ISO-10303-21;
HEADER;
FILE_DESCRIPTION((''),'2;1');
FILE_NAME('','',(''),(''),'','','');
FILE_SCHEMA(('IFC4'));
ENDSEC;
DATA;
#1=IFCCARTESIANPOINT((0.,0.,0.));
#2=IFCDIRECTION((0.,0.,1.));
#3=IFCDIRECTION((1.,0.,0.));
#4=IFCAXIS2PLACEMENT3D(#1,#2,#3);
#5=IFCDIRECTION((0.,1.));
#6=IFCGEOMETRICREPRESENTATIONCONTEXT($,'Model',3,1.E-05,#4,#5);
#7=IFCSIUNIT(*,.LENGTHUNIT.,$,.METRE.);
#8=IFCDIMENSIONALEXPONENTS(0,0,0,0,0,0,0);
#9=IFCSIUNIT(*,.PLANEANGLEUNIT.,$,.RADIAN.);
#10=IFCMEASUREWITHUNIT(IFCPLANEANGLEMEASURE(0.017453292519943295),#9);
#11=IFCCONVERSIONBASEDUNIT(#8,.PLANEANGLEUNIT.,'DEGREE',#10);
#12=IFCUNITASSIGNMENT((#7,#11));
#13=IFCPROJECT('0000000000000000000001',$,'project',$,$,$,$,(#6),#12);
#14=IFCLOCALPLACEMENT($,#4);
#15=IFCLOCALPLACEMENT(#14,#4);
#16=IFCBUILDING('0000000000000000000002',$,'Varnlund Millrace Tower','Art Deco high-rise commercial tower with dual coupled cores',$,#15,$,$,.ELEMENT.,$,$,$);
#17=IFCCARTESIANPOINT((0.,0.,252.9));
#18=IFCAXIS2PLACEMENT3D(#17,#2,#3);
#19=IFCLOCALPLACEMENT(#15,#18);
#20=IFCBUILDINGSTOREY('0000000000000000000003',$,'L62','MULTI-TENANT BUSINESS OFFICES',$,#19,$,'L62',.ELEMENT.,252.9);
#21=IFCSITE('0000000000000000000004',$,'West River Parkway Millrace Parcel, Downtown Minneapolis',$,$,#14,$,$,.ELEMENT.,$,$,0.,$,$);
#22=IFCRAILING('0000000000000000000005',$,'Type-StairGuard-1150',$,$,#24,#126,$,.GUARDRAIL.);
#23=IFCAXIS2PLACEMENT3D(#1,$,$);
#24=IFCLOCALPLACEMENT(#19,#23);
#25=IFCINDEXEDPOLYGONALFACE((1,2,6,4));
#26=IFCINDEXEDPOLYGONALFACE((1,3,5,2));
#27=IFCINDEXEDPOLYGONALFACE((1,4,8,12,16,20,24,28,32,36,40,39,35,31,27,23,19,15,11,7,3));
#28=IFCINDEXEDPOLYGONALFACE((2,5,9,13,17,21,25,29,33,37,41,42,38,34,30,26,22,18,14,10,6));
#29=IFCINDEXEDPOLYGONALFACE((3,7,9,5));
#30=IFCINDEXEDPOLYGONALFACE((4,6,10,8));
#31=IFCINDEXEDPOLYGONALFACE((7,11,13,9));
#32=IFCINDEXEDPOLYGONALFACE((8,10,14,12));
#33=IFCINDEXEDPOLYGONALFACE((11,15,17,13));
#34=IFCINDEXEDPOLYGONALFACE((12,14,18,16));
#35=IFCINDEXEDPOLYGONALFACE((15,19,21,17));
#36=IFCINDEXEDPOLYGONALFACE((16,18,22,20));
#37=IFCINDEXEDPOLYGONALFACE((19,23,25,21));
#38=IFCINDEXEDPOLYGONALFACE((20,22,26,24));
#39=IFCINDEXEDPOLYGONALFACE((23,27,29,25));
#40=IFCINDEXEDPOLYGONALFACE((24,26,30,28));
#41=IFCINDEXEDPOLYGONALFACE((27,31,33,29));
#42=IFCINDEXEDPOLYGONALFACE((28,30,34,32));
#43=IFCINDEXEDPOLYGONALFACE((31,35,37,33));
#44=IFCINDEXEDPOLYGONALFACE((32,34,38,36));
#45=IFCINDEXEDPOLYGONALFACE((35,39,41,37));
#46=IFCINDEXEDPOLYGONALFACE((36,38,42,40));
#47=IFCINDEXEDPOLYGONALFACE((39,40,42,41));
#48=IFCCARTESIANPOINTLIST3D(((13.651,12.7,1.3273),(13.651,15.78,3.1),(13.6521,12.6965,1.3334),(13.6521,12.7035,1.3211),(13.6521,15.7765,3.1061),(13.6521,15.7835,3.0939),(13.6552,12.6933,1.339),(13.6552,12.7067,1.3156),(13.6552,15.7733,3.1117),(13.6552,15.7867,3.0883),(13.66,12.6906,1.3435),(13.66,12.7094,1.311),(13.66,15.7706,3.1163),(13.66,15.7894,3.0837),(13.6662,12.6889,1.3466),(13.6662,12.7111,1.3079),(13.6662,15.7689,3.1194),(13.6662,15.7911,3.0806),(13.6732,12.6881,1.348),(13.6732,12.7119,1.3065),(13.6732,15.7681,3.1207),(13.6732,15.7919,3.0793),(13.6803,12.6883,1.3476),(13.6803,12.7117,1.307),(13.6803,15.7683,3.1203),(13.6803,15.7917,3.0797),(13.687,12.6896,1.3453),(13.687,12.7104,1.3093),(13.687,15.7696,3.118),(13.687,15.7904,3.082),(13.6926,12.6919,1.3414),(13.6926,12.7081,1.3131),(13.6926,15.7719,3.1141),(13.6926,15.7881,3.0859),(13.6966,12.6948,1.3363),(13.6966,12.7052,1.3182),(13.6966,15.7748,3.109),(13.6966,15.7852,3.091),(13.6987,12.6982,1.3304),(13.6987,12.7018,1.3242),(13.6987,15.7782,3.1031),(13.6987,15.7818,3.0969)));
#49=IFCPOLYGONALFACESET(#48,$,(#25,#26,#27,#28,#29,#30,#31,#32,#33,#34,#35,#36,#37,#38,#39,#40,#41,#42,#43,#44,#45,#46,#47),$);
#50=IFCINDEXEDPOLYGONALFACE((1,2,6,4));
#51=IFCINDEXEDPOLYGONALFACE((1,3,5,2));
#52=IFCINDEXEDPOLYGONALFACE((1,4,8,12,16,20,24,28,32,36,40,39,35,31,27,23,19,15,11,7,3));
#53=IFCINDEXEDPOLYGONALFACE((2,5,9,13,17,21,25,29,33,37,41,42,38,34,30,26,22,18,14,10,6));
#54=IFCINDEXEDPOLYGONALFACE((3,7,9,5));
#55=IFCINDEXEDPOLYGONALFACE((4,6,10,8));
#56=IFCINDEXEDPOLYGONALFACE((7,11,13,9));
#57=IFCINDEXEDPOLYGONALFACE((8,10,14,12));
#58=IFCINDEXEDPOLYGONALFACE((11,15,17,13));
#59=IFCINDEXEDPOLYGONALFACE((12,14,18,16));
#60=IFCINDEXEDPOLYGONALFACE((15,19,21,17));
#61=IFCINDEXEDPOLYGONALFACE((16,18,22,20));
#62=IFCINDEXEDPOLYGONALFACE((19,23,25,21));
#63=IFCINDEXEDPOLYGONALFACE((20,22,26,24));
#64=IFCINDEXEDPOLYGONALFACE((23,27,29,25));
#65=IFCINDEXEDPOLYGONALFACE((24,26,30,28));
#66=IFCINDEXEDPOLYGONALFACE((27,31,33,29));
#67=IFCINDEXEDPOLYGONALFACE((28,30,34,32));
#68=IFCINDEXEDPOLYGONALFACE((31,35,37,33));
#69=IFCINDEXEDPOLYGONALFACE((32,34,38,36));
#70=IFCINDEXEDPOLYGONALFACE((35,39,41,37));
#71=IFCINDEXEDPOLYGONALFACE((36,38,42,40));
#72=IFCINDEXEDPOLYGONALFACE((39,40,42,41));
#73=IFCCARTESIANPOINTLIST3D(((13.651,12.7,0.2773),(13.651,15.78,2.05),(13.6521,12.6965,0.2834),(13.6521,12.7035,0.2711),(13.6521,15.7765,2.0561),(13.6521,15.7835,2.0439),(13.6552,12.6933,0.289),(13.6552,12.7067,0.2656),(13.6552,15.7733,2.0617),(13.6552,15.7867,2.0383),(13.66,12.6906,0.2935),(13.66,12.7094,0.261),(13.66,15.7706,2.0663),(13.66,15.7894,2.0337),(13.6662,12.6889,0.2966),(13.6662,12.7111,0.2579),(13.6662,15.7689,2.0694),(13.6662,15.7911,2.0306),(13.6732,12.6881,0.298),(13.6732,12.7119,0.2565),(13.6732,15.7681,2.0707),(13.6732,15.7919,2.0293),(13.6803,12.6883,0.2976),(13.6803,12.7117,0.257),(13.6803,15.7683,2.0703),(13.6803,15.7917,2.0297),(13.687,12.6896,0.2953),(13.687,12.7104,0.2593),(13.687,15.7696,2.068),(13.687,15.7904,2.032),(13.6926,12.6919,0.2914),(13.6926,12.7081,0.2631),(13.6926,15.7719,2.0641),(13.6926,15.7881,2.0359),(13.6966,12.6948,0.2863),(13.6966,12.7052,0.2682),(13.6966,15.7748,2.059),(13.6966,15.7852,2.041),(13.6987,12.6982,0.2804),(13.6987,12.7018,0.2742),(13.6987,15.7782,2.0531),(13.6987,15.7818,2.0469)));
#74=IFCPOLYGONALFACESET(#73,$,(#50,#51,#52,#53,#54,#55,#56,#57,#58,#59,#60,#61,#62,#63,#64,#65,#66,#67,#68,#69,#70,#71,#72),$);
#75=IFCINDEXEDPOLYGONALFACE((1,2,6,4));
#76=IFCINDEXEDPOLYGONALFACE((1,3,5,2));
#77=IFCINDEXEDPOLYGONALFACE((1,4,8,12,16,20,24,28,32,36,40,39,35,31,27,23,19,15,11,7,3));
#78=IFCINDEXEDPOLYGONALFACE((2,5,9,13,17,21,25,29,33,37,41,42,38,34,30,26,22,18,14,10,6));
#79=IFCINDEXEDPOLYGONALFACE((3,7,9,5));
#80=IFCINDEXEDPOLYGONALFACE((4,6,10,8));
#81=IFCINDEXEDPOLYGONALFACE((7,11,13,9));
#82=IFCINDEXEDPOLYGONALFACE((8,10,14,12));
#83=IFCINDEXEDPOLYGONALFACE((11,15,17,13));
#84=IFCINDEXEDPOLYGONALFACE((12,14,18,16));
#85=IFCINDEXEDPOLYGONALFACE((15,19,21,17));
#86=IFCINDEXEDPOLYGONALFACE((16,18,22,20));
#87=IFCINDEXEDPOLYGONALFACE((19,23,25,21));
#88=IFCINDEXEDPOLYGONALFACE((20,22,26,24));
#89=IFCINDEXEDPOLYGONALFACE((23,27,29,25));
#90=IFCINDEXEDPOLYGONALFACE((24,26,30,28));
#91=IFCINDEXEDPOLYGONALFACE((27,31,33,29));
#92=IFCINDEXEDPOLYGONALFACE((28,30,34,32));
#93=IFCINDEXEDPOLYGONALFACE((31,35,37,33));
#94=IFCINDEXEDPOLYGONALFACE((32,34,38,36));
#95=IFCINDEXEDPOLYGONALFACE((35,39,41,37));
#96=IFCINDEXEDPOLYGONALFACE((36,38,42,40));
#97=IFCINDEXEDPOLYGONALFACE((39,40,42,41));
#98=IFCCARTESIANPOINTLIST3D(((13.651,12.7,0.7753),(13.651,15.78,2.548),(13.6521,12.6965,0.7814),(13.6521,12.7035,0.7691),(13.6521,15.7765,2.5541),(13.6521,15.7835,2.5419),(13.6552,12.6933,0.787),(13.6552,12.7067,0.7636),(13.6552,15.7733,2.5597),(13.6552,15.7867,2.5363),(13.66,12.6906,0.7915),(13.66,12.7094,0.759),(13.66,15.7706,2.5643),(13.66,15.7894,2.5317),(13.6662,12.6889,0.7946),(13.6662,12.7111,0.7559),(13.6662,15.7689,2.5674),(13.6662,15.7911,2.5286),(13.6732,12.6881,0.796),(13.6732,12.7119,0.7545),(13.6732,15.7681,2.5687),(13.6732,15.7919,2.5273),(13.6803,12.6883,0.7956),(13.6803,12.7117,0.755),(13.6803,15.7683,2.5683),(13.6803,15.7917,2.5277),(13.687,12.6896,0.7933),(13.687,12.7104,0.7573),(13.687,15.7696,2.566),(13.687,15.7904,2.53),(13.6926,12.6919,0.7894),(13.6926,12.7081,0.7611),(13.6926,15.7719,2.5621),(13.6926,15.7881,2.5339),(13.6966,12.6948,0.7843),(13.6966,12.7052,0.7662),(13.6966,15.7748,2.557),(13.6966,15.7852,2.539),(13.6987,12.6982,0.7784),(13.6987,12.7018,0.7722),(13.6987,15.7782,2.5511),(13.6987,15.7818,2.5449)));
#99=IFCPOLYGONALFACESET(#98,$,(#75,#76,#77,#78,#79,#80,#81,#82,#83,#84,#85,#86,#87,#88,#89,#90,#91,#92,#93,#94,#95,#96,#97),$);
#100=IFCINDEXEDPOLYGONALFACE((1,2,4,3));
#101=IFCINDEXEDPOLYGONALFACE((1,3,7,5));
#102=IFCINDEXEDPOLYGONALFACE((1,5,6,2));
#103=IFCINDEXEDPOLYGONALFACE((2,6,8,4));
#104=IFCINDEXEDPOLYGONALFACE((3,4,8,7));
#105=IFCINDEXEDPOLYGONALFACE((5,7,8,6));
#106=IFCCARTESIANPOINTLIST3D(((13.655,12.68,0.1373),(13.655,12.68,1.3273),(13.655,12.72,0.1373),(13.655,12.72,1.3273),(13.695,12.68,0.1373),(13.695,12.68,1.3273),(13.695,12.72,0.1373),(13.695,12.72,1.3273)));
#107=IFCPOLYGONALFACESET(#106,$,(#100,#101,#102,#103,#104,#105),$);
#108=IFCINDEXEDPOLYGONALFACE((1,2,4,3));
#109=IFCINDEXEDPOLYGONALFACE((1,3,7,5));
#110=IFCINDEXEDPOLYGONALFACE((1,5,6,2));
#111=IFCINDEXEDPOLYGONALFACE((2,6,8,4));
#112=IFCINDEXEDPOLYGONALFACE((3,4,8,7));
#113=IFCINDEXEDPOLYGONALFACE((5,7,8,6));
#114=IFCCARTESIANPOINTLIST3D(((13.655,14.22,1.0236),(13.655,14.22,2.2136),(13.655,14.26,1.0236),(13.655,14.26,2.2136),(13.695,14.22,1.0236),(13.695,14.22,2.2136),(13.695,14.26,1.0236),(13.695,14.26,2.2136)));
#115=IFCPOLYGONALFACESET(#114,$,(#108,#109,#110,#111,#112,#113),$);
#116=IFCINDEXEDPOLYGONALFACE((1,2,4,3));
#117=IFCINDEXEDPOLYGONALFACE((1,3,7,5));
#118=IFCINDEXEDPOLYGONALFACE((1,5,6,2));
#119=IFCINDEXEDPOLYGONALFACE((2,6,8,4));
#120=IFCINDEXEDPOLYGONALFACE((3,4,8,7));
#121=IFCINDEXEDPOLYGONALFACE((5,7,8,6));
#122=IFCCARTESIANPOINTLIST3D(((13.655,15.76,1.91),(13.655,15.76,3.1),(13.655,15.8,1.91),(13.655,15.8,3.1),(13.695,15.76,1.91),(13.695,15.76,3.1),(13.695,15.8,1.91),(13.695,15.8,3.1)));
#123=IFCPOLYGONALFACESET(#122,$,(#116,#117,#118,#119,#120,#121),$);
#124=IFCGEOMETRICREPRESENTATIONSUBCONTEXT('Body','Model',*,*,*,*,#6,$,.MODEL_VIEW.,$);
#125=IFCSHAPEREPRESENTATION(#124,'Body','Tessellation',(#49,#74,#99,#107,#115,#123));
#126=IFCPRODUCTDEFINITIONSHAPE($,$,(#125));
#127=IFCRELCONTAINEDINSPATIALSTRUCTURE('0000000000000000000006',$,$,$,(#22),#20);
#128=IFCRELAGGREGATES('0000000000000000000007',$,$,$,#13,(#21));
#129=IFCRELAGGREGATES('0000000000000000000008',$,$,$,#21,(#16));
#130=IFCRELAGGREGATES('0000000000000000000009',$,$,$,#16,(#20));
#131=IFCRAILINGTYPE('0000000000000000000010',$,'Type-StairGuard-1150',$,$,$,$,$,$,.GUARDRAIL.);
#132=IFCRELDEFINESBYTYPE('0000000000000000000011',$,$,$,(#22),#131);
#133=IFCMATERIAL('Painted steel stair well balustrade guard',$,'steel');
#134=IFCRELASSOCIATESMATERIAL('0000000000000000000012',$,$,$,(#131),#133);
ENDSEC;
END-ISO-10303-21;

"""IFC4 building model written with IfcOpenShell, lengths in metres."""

from ifc_helpers import new_model, entity, si_unit, converted_unit, direction, frame, origin_with_axes, origin_2d_with_axis, place, context, subcontext, project, spatial, rectangle, circle, extrude, material, type_object, element, save


model = new_model("IFC4")

# Units and contexts
model_context = context("Model", 3, precision=1e-05, world=origin_with_axes(), true_north=direction((0.0, 1.0)))
body_context = subcontext(model_context, "Body", "Model", "MODEL_VIEW")
ifc_project = project(units=[si_unit("LENGTHUNIT", "METRE"), converted_unit("PLANEANGLEUNIT", "DEGREE", entity("IfcPlaneAngleMeasure", 0.017453292519943295), si_unit("PLANEANGLEUNIT", "RADIAN"), dimensions=[0, 0, 0, 0, 0, 0, 0])], contexts=[model_context])

# Site, building, storey
site_placement = place(None, origin_with_axes())
site = spatial("IfcSite", under=ifc_project, at=site_placement, Name="West River Parkway Millrace Parcel, Downtown Minneapolis", CompositionType="ELEMENT", RefElevation=0.0)
building_placement = place(site_placement, origin_with_axes())
building = spatial("IfcBuilding", under=site, at=building_placement, Name="Varnlund Millrace Tower", Description="Art Deco high-rise commercial tower with dual coupled cores", CompositionType="ELEMENT")
storey_placement = place(building_placement, frame((0.0, 0.0, 252.9), z_axis=(0.0, 0.0, 1.0), x_axis=(1.0, 0.0, 0.0)))
storey = spatial("IfcBuildingStorey", under=building, at=storey_placement, Name="L62", Description="MULTI-TENANT BUSINESS OFFICES", LongName="L62", CompositionType="ELEMENT", Elevation=252.9)

# Railing
ifc_material_1 = material(Name="Painted steel stair well balustrade guard", Category="steel")
railing_type_1 = type_object("IfcRailingType", Name="Type-StairGuard-1150", PredefinedType="GUARDRAIL", material=ifc_material_1)
railing_1_placement = place(storey_placement, frame((0.0, 0.0, -252.9), z_axis=(0.0, 0.0, 1.0), x_axis=(1.0, 0.0, 0.0)))
element("IfcRailing", 1, at=railing_1_placement, inside=storey, type_object=railing_type_1, Name="Type-StairGuard-1150", PredefinedType="GUARDRAIL", context=body_context, shape_type="SweptSolid", body=[
    extrude(circle(Radius=0.024, at=origin_2d_with_axis()), frame((13.675, 12.7, 254.2273), z_axis=(0.0, 0.866696, 0.498836), x_axis=(-1.0, 0.0, 0.0)), (0.0, 0.0, 1.0), 3.5537),
    extrude(circle(Radius=0.024, at=origin_2d_with_axis()), frame((13.675, 12.7, 253.1773), z_axis=(0.0, 0.866696, 0.498836), x_axis=(-1.0, 0.0, 0.0)), (0.0, 0.0, 1.0), 3.5537),
    extrude(circle(Radius=0.024, at=origin_2d_with_axis()), frame((13.675, 12.7, 253.6753), z_axis=(0.0, 0.866696, 0.498836), x_axis=(-1.0, 0.0, 0.0)), (0.0, 0.0, 1.0), 3.5537),
    extrude(rectangle(XDim=0.04, YDim=0.04, at=origin_2d_with_axis()), frame((13.675, 12.7, 253.0373), z_axis=(0.0, 0.0, 1.0), x_axis=(1.0, 0.0, 0.0)), (0.0, 0.0, 1.0), 1.19),
    extrude(rectangle(XDim=0.04, YDim=0.04, at=origin_2d_with_axis()), frame((13.675, 14.24, 253.9236), z_axis=(0.0, 0.0, 1.0), x_axis=(1.0, 0.0, 0.0)), (0.0, 0.0, 1.0), 1.19),
    extrude(rectangle(XDim=0.04, YDim=0.04, at=origin_2d_with_axis()), frame((13.675, 15.78, 254.81), z_axis=(0.0, 0.0, 1.0), x_axis=(1.0, 0.0, 0.0)), (0.0, 0.0, 1.0), 1.19),
])

save(model, "model.ifc")
